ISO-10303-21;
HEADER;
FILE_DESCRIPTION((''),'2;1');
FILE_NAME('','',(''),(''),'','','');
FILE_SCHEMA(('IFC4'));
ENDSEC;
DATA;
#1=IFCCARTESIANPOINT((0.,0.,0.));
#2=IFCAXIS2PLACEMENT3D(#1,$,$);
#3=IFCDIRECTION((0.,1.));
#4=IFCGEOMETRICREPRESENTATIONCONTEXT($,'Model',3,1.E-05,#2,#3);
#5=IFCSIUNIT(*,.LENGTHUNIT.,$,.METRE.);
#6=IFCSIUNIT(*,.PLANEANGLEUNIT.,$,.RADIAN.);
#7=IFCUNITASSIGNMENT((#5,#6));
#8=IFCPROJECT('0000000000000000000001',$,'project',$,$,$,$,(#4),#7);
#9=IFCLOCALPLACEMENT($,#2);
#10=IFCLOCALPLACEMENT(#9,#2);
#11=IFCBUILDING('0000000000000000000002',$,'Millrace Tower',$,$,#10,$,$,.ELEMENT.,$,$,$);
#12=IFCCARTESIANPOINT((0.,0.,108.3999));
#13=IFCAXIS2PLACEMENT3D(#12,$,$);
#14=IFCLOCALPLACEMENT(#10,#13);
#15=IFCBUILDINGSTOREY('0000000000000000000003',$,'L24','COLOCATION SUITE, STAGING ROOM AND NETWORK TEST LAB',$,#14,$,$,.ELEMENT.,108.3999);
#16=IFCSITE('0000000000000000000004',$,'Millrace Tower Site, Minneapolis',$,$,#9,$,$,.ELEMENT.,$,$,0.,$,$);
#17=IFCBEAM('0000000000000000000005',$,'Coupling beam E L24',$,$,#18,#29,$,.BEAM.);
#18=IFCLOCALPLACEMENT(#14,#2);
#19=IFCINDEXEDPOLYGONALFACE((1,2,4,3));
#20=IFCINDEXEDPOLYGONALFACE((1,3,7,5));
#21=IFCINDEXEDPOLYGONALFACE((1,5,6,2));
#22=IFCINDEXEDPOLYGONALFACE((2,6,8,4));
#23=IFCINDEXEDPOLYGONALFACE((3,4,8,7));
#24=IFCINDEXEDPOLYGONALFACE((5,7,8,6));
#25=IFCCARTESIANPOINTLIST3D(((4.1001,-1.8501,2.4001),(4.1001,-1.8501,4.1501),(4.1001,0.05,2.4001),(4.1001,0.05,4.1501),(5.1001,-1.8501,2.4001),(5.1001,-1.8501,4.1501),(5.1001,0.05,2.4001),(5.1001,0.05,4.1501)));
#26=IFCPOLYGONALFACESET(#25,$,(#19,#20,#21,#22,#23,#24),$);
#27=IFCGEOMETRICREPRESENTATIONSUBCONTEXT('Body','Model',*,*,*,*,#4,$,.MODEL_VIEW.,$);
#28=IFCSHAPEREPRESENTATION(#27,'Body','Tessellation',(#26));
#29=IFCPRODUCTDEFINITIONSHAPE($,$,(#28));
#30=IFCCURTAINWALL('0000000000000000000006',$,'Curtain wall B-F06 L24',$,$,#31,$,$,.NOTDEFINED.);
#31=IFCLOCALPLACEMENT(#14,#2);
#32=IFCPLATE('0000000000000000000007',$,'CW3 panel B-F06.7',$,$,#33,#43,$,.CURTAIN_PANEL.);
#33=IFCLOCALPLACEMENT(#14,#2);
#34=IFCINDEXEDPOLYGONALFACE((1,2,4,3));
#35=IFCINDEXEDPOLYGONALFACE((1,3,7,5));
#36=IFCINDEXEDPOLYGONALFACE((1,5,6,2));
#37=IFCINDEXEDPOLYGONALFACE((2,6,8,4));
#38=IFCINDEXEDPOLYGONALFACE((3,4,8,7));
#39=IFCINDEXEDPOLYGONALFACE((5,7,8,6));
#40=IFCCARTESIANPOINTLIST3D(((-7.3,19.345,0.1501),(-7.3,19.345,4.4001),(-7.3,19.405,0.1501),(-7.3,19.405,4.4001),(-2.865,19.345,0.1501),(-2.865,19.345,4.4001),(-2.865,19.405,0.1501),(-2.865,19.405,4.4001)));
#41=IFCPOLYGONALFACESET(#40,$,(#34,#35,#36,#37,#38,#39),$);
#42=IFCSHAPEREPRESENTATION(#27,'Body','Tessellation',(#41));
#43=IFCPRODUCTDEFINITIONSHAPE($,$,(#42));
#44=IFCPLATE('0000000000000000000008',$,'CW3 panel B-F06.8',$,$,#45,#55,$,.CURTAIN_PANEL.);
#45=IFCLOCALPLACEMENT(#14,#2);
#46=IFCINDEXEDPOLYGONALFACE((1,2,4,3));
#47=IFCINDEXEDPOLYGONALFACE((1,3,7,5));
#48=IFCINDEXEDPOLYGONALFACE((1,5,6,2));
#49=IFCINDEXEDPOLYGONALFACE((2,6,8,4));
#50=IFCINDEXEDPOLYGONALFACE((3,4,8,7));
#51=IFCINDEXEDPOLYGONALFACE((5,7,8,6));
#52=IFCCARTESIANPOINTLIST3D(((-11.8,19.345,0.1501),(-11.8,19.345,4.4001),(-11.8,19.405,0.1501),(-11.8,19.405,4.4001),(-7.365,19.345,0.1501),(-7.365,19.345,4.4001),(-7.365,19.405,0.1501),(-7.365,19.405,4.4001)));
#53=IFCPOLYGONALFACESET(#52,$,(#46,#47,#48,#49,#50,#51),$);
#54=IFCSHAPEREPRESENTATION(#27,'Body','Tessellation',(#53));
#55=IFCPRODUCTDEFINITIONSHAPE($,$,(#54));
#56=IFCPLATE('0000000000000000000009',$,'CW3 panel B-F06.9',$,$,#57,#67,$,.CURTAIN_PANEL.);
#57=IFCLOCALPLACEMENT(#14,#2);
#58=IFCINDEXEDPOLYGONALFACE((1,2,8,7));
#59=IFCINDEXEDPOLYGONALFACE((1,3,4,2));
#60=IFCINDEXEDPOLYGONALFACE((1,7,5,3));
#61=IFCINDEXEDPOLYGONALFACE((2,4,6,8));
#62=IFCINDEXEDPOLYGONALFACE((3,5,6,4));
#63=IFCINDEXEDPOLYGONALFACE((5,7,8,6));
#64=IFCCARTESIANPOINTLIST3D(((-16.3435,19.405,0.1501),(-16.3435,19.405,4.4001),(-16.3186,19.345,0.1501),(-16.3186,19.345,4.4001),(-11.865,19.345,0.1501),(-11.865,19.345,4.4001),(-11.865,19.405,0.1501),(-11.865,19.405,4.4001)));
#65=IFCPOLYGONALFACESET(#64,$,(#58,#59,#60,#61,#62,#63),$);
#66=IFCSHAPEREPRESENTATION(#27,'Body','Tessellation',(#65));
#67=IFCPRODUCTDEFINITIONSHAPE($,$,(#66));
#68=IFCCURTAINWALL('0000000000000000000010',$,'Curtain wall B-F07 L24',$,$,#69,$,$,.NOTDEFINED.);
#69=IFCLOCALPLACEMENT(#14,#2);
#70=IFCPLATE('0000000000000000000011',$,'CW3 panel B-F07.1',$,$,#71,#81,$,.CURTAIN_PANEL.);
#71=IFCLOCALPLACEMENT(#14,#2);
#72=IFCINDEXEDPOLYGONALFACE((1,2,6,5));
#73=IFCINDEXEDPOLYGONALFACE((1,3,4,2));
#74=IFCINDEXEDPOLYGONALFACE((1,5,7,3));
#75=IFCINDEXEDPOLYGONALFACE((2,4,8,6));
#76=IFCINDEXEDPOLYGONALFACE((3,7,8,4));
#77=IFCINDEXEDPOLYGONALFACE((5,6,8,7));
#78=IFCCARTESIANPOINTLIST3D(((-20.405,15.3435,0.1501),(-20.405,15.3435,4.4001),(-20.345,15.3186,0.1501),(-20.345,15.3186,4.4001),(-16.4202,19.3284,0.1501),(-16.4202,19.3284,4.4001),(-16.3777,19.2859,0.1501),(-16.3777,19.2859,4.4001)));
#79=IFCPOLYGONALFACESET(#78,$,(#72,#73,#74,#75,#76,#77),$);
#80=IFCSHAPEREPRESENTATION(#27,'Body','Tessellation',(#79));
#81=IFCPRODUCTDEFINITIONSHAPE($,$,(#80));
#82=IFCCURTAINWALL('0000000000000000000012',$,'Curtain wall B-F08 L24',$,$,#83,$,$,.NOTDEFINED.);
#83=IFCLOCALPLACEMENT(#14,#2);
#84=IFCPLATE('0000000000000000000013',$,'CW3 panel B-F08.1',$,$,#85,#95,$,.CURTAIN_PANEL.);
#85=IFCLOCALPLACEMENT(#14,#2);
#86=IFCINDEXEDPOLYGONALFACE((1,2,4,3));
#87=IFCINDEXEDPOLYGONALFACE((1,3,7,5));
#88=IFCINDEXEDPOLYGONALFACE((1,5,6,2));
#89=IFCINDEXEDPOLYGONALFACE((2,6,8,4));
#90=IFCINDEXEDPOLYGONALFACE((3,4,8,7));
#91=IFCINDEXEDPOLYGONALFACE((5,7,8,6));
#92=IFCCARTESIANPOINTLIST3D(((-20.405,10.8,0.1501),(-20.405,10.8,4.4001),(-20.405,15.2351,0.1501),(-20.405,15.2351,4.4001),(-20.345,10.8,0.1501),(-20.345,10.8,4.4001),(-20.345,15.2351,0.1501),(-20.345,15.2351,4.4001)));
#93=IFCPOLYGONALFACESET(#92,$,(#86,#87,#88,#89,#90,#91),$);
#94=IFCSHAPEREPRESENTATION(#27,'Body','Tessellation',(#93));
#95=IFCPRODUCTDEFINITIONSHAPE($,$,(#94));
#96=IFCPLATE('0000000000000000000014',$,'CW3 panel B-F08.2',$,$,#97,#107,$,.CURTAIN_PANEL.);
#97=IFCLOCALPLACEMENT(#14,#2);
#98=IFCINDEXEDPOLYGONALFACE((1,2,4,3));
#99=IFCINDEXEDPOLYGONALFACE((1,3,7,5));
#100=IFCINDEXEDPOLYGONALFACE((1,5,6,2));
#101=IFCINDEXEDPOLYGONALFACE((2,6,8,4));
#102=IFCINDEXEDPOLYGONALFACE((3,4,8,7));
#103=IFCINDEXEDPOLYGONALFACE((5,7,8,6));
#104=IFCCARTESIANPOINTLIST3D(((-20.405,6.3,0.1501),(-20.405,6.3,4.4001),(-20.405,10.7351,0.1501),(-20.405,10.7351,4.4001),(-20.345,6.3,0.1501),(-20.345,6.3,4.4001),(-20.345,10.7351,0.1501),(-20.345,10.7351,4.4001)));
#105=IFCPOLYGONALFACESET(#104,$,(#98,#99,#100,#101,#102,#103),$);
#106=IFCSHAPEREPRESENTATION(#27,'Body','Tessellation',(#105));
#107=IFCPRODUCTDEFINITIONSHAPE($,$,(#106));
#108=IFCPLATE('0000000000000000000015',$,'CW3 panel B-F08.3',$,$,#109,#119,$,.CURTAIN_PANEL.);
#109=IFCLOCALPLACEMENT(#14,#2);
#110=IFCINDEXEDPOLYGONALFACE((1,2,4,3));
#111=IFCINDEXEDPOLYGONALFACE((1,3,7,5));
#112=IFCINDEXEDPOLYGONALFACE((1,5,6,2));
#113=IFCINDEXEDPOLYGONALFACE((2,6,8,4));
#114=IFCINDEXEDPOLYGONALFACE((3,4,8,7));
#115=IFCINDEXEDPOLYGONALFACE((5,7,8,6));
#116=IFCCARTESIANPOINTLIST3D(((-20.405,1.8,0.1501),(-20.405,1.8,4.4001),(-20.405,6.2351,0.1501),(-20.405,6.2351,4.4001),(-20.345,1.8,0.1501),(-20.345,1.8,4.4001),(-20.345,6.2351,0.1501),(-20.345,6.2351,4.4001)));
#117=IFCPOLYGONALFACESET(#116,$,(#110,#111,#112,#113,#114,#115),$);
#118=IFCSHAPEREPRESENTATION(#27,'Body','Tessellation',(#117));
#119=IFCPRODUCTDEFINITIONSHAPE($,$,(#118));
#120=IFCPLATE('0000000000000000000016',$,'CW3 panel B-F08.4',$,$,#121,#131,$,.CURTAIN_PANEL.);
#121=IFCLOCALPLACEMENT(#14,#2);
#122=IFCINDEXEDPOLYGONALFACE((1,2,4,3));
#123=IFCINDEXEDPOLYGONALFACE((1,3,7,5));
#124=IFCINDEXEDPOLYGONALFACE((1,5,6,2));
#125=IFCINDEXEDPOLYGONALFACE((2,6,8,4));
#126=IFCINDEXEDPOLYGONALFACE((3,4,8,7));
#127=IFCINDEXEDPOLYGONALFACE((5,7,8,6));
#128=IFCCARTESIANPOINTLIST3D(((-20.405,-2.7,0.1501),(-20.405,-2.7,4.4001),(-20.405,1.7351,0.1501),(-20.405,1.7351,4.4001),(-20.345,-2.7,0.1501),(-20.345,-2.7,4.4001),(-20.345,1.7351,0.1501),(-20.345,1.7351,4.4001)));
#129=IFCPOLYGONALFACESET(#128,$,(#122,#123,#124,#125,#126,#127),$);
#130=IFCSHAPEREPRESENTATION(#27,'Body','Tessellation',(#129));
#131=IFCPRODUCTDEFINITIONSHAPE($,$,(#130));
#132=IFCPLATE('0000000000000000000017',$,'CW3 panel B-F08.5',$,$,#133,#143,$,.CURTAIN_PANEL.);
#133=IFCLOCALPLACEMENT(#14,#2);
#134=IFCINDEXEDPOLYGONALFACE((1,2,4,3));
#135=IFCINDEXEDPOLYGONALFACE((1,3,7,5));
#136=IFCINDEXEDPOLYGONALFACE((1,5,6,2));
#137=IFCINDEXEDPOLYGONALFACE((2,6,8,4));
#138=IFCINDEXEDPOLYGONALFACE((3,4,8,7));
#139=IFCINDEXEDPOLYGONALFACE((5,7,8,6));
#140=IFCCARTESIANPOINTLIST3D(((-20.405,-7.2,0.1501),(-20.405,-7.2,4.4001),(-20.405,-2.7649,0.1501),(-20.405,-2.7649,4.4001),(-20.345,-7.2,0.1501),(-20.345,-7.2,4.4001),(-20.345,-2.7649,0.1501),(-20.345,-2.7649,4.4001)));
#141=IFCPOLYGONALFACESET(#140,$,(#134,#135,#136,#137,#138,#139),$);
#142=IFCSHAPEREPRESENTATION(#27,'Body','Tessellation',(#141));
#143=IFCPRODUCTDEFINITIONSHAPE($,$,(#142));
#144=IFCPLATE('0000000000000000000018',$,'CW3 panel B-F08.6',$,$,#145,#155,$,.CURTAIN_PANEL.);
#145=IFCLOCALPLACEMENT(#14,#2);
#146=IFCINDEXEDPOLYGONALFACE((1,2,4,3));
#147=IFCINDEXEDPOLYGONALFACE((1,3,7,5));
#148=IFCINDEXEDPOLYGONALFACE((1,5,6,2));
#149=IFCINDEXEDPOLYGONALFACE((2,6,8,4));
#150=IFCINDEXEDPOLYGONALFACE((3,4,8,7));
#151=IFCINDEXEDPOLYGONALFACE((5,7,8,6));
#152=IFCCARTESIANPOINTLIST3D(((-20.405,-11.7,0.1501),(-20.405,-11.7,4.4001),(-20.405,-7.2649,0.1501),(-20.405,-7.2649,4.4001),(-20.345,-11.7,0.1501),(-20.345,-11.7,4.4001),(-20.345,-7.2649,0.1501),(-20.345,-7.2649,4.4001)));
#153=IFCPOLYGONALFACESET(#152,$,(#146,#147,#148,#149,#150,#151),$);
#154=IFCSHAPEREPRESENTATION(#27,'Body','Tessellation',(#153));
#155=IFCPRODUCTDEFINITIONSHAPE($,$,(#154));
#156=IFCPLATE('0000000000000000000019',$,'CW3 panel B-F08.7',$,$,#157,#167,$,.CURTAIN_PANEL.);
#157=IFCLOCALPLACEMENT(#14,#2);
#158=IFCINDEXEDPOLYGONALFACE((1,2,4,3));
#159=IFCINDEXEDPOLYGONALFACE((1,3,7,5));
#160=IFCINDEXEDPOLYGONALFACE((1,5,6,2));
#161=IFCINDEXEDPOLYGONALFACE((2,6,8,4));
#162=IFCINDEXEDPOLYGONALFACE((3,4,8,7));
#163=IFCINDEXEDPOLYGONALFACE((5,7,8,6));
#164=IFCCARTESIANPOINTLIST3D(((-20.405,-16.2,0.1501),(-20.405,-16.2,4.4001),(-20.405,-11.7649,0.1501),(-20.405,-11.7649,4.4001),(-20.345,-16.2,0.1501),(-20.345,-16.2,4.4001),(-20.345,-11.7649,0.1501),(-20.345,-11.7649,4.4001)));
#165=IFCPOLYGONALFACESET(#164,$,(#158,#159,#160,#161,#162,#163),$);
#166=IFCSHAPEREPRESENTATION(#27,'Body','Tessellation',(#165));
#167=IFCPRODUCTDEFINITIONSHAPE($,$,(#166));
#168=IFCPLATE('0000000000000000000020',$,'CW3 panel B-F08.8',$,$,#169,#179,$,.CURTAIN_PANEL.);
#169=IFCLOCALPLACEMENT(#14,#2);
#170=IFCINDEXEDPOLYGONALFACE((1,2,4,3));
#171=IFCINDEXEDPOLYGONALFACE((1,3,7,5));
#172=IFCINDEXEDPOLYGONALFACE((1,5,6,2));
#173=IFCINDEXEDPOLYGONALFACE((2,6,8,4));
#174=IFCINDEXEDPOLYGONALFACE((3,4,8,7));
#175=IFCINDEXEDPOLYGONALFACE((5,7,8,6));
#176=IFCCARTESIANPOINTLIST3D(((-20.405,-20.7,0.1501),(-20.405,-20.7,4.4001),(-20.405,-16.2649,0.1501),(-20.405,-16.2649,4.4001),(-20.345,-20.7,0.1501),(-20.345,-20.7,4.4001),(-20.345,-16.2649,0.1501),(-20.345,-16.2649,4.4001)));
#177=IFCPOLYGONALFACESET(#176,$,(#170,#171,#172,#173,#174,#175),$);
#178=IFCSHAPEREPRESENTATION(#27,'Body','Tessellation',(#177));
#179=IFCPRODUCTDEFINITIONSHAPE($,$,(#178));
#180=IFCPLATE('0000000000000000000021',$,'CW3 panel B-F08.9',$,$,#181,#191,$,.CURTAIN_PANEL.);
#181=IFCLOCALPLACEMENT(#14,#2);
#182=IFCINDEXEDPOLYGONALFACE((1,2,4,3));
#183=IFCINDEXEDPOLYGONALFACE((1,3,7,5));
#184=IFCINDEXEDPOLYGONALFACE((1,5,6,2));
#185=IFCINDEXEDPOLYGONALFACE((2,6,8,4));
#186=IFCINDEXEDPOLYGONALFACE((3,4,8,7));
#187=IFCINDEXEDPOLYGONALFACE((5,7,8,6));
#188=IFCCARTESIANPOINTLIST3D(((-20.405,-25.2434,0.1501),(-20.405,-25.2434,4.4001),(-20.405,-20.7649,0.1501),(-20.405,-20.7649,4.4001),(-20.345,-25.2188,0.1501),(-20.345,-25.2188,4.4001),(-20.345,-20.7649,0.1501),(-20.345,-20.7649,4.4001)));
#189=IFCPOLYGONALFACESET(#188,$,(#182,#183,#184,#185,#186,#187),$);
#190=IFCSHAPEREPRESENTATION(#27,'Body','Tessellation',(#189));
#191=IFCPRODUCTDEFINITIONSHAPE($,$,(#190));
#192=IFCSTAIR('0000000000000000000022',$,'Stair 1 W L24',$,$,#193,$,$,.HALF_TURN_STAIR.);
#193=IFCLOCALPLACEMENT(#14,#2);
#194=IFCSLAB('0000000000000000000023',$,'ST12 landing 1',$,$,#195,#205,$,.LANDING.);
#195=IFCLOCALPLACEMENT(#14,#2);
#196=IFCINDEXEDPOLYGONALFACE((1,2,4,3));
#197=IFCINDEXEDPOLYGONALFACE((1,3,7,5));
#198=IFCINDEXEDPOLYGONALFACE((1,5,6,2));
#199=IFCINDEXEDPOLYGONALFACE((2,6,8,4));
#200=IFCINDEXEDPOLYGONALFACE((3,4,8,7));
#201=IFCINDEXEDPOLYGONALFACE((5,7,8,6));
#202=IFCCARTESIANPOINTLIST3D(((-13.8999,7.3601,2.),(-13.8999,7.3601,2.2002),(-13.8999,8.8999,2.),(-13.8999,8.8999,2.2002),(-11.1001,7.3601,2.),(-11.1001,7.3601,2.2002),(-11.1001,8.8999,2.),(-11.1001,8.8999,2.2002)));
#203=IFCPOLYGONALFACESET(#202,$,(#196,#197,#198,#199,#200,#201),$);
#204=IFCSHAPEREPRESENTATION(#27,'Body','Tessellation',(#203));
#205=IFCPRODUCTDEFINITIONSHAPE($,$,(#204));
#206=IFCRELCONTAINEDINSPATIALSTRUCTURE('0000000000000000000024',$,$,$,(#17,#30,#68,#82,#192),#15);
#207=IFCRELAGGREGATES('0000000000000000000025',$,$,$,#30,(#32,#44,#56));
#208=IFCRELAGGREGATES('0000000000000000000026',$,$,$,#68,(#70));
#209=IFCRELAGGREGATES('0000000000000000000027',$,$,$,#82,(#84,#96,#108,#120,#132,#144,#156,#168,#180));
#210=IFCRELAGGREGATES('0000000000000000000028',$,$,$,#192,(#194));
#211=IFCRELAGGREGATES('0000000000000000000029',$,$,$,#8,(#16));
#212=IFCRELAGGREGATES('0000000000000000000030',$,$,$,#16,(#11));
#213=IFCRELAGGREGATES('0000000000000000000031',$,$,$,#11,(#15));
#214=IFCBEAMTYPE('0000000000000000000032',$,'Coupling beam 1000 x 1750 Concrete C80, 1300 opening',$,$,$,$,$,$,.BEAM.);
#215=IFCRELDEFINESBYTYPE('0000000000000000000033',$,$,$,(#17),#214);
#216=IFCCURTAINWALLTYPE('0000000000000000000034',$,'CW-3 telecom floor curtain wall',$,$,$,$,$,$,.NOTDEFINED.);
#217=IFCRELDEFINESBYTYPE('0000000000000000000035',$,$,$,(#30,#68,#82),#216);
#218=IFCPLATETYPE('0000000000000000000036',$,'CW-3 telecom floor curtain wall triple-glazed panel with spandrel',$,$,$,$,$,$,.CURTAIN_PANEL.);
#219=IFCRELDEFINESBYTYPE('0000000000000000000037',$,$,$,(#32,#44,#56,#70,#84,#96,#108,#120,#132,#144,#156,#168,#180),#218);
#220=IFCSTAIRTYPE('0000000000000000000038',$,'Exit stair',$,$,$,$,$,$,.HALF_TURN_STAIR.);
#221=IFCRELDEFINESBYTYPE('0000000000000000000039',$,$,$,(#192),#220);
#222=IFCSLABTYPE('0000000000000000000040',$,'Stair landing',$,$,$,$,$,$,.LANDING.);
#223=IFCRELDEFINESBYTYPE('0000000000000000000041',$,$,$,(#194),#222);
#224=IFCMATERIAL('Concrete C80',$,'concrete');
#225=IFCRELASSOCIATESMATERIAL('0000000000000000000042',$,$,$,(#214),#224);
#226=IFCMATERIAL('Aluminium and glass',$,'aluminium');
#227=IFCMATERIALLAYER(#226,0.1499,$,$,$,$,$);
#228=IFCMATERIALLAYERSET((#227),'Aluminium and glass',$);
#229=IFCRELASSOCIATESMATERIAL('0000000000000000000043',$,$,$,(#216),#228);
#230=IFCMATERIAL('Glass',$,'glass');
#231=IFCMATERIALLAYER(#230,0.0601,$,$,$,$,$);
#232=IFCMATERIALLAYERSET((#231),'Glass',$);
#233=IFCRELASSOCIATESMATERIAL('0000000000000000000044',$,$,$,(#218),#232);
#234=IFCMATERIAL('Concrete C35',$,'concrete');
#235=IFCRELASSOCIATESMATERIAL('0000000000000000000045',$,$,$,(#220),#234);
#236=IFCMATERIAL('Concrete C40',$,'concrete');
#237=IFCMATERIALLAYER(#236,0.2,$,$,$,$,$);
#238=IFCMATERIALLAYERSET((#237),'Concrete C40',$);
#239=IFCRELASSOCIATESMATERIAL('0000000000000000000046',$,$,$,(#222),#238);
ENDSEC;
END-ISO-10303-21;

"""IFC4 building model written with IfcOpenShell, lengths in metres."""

from ifc_helpers import new_model, si_unit, direction, frame, origin, origin_2d, place, context, subcontext, project, spatial, polyline, rectangle, outline, extrude, material, layer, layer_set, material_profile, profile_set, type_object, element, aggregate, save


model = new_model("IFC4")

# Units and contexts
model_context = context("Model", 3, precision=1e-05, world=origin(), true_north=direction((0.0, 1.0)))
body_context = subcontext(model_context, "Body", "Model", "MODEL_VIEW")
ifc_project = project(units=[si_unit("LENGTHUNIT", "METRE"), si_unit("PLANEANGLEUNIT", "RADIAN")], contexts=[model_context])

# Site, building, storey
site_placement = place(None, origin())
site = spatial("IfcSite", under=ifc_project, at=site_placement, Name="Millrace Tower Site, Minneapolis", CompositionType="ELEMENT", RefElevation=0.0)
building_placement = place(site_placement, origin())
building = spatial("IfcBuilding", under=site, at=building_placement, Name="Millrace Tower", CompositionType="ELEMENT")
storey_placement = place(building_placement, frame((0.0, 0.0, 108.3999)))
storey = spatial("IfcBuildingStorey", under=building, at=storey_placement, Name="L24", Description="COLOCATION SUITE, STAGING ROOM AND NETWORK TEST LAB", CompositionType="ELEMENT", Elevation=108.3999)

# Beam
ifc_material_1 = material(Name="Concrete C80", Category="concrete")
ifc_material_profile = material_profile(ifc_material_1, rectangle(XDim=1.0, YDim=1.75, at=origin_2d()))
ifc_profile_set = profile_set([ifc_material_profile], Name="Concrete C80")
beam_type = type_object("IfcBeamType", Name="Coupling beam 1000 x 1750 Concrete C80, 1300 opening", PredefinedType="BEAM", material=ifc_profile_set)
beam_placement = place(storey_placement, frame((4.6001, 0.05, 3.2751), z_axis=(0.0, -1.0, 0.0), x_axis=(1.0, 0.0, 0.0)))
element("IfcBeam", 1, at=beam_placement, inside=storey, type_object=beam_type, Name="Coupling beam E L24", PredefinedType="BEAM", context=body_context, shape_type="SweptSolid", body=[
    extrude(rectangle(XDim=1.0, YDim=1.75, at=origin_2d()), origin(), (0.0, 0.0, 1.0), 1.9001),
])

# Curtain wall, plates
ifc_material_2 = material(Name="Aluminium and glass", Category="aluminium")
ifc_layer_1 = layer(ifc_material_2, 0.1499)
ifc_layer_set_1 = layer_set([ifc_layer_1], Name="Aluminium and glass")
curtain_wall_type = type_object("IfcCurtainWallType", Name="CW-3 telecom floor curtain wall", PredefinedType="NOTDEFINED", material=ifc_layer_set_1)
placement_1 = place(storey_placement, origin())
curtain_wall_1 = element("IfcCurtainWall", 2, at=placement_1, inside=storey, type_object=curtain_wall_type, Name="Curtain wall B-F06 L24", PredefinedType="NOTDEFINED")
ifc_material_3 = material(Name="Glass", Category="glass")
ifc_layer_2 = layer(ifc_material_3, 0.0601)
ifc_layer_set_2 = layer_set([ifc_layer_2], Name="Glass")
plate_type = type_object("IfcPlateType", Name="CW-3 telecom floor curtain wall triple-glazed panel with spandrel", PredefinedType="CURTAIN_PANEL", material=ifc_layer_set_2)
placement_2 = place(storey_placement, frame((0.0, 0.0, 0.1501)))
plate_1 = element("IfcPlate", 3, at=placement_2, type_object=plate_type, Name="CW3 panel B-F06.7", PredefinedType="CURTAIN_PANEL", context=body_context, shape_type="SweptSolid", body=[
    extrude(outline(polyline([(-2.865, 19.405), (-7.3, 19.405), (-7.3, 19.345), (-2.865, 19.345), (-2.865, 19.405)])), origin(), (0.0, 0.0, 1.0), 4.25),
])
plate_2 = element("IfcPlate", 4, at=placement_2, type_object=plate_type, Name="CW3 panel B-F06.8", PredefinedType="CURTAIN_PANEL", context=body_context, shape_type="SweptSolid", body=[
    extrude(outline(polyline([(-7.365, 19.405), (-11.8, 19.405), (-11.8, 19.345), (-7.365, 19.345), (-7.365, 19.405)])), origin(), (0.0, 0.0, 1.0), 4.25),
])
plate_3 = element("IfcPlate", 5, at=placement_2, type_object=plate_type, Name="CW3 panel B-F06.9", PredefinedType="CURTAIN_PANEL", context=body_context, shape_type="SweptSolid", body=[
    extrude(outline(polyline([(-11.865, 19.405), (-16.3435, 19.405), (-16.3186, 19.345), (-11.865, 19.345), (-11.865, 19.405)])), origin(), (0.0, 0.0, 1.0), 4.25),
])
aggregate(curtain_wall_1, [plate_1, plate_2, plate_3])

# Curtain wall, plate
curtain_wall_2 = element("IfcCurtainWall", 6, at=placement_1, inside=storey, type_object=curtain_wall_type, Name="Curtain wall B-F07 L24", PredefinedType="NOTDEFINED")
plate_4 = element("IfcPlate", 7, at=placement_2, type_object=plate_type, Name="CW3 panel B-F07.1", PredefinedType="CURTAIN_PANEL", context=body_context, shape_type="SweptSolid", body=[
    extrude(outline(polyline([(-16.4202, 19.3284), (-20.405, 15.3435), (-20.345, 15.3186), (-16.3777, 19.2859), (-16.4202, 19.3284)])), origin(), (0.0, 0.0, 1.0), 4.25),
])
aggregate(curtain_wall_2, [plate_4])

# Curtain wall, plates
curtain_wall_3 = element("IfcCurtainWall", 8, at=placement_1, inside=storey, type_object=curtain_wall_type, Name="Curtain wall B-F08 L24", PredefinedType="NOTDEFINED")
plate_5 = element("IfcPlate", 9, at=placement_2, type_object=plate_type, Name="CW3 panel B-F08.1", PredefinedType="CURTAIN_PANEL", context=body_context, shape_type="SweptSolid", body=[
    extrude(outline(polyline([(-20.405, 15.2351), (-20.405, 10.8), (-20.345, 10.8), (-20.345, 15.2351), (-20.405, 15.2351)])), origin(), (0.0, 0.0, 1.0), 4.25),
])
plate_6 = element("IfcPlate", 10, at=placement_2, type_object=plate_type, Name="CW3 panel B-F08.2", PredefinedType="CURTAIN_PANEL", context=body_context, shape_type="SweptSolid", body=[
    extrude(outline(polyline([(-20.405, 10.7351), (-20.405, 6.3), (-20.345, 6.3), (-20.345, 10.7351), (-20.405, 10.7351)])), origin(), (0.0, 0.0, 1.0), 4.25),
])
plate_7 = element("IfcPlate", 11, at=placement_2, type_object=plate_type, Name="CW3 panel B-F08.3", PredefinedType="CURTAIN_PANEL", context=body_context, shape_type="SweptSolid", body=[
    extrude(outline(polyline([(-20.405, 6.2351), (-20.405, 1.8), (-20.345, 1.8), (-20.345, 6.2351), (-20.405, 6.2351)])), origin(), (0.0, 0.0, 1.0), 4.25),
])
plate_8 = element("IfcPlate", 12, at=placement_2, type_object=plate_type, Name="CW3 panel B-F08.4", PredefinedType="CURTAIN_PANEL", context=body_context, shape_type="SweptSolid", body=[
    extrude(outline(polyline([(-20.405, 1.7351), (-20.405, -2.7), (-20.345, -2.7), (-20.345, 1.7351), (-20.405, 1.7351)])), origin(), (0.0, 0.0, 1.0), 4.25),
])
plate_9 = element("IfcPlate", 13, at=placement_2, type_object=plate_type, Name="CW3 panel B-F08.5", PredefinedType="CURTAIN_PANEL", context=body_context, shape_type="SweptSolid", body=[
    extrude(outline(polyline([(-20.405, -2.7649), (-20.405, -7.2), (-20.345, -7.2), (-20.345, -2.7649), (-20.405, -2.7649)])), origin(), (0.0, 0.0, 1.0), 4.25),
])
plate_10 = element("IfcPlate", 14, at=placement_2, type_object=plate_type, Name="CW3 panel B-F08.6", PredefinedType="CURTAIN_PANEL", context=body_context, shape_type="SweptSolid", body=[
    extrude(outline(polyline([(-20.405, -7.2649), (-20.405, -11.7), (-20.345, -11.7), (-20.345, -7.2649), (-20.405, -7.2649)])), origin(), (0.0, 0.0, 1.0), 4.25),
])
plate_11 = element("IfcPlate", 15, at=placement_2, type_object=plate_type, Name="CW3 panel B-F08.7", PredefinedType="CURTAIN_PANEL", context=body_context, shape_type="SweptSolid", body=[
    extrude(outline(polyline([(-20.405, -11.7649), (-20.405, -16.2), (-20.345, -16.2), (-20.345, -11.7649), (-20.405, -11.7649)])), origin(), (0.0, 0.0, 1.0), 4.25),
])
plate_12 = element("IfcPlate", 16, at=placement_2, type_object=plate_type, Name="CW3 panel B-F08.8", PredefinedType="CURTAIN_PANEL", context=body_context, shape_type="SweptSolid", body=[
    extrude(outline(polyline([(-20.405, -16.2649), (-20.405, -20.7), (-20.345, -20.7), (-20.345, -16.2649), (-20.405, -16.2649)])), origin(), (0.0, 0.0, 1.0), 4.25),
])
plate_13 = element("IfcPlate", 17, at=placement_2, type_object=plate_type, Name="CW3 panel B-F08.9", PredefinedType="CURTAIN_PANEL", context=body_context, shape_type="SweptSolid", body=[
    extrude(outline(polyline([(-20.405, -20.7649), (-20.405, -25.2434), (-20.345, -25.2188), (-20.345, -20.7649), (-20.405, -20.7649)])), origin(), (0.0, 0.0, 1.0), 4.25),
])
aggregate(curtain_wall_3, [plate_5, plate_6, plate_7, plate_8, plate_9, plate_10, plate_11, plate_12, plate_13])

# Stair, slab
ifc_material_4 = material(Name="Concrete C35", Category="concrete")
stair_type = type_object("IfcStairType", Name="Exit stair", PredefinedType="HALF_TURN_STAIR", material=ifc_material_4)
stair_1 = element("IfcStair", 18, at=placement_1, inside=storey, type_object=stair_type, Name="Stair 1 W L24", PredefinedType="HALF_TURN_STAIR")
ifc_material_5 = material(Name="Concrete C40", Category="concrete")
ifc_layer_3 = layer(ifc_material_5, 0.2)
ifc_layer_set_3 = layer_set([ifc_layer_3], Name="Concrete C40")
slab_type = type_object("IfcSlabType", Name="Stair landing", PredefinedType="LANDING", material=ifc_layer_set_3)
placement_3 = place(storey_placement, frame((0.0, 0.0, 2.0)))
slab_1 = element("IfcSlab", 19, at=placement_3, type_object=slab_type, Name="ST12 landing 1", PredefinedType="LANDING", context=body_context, shape_type="SweptSolid", body=[
    extrude(outline(polyline([(-13.8999, 7.3601), (-11.1001, 7.3601), (-11.1001, 8.8999), (-13.8999, 8.8999), (-13.8999, 7.3601)])), origin(), (0.0, 0.0, 1.0), 0.2002),
])
aggregate(stair_1, [slab_1])

save(model, "model.ifc")
